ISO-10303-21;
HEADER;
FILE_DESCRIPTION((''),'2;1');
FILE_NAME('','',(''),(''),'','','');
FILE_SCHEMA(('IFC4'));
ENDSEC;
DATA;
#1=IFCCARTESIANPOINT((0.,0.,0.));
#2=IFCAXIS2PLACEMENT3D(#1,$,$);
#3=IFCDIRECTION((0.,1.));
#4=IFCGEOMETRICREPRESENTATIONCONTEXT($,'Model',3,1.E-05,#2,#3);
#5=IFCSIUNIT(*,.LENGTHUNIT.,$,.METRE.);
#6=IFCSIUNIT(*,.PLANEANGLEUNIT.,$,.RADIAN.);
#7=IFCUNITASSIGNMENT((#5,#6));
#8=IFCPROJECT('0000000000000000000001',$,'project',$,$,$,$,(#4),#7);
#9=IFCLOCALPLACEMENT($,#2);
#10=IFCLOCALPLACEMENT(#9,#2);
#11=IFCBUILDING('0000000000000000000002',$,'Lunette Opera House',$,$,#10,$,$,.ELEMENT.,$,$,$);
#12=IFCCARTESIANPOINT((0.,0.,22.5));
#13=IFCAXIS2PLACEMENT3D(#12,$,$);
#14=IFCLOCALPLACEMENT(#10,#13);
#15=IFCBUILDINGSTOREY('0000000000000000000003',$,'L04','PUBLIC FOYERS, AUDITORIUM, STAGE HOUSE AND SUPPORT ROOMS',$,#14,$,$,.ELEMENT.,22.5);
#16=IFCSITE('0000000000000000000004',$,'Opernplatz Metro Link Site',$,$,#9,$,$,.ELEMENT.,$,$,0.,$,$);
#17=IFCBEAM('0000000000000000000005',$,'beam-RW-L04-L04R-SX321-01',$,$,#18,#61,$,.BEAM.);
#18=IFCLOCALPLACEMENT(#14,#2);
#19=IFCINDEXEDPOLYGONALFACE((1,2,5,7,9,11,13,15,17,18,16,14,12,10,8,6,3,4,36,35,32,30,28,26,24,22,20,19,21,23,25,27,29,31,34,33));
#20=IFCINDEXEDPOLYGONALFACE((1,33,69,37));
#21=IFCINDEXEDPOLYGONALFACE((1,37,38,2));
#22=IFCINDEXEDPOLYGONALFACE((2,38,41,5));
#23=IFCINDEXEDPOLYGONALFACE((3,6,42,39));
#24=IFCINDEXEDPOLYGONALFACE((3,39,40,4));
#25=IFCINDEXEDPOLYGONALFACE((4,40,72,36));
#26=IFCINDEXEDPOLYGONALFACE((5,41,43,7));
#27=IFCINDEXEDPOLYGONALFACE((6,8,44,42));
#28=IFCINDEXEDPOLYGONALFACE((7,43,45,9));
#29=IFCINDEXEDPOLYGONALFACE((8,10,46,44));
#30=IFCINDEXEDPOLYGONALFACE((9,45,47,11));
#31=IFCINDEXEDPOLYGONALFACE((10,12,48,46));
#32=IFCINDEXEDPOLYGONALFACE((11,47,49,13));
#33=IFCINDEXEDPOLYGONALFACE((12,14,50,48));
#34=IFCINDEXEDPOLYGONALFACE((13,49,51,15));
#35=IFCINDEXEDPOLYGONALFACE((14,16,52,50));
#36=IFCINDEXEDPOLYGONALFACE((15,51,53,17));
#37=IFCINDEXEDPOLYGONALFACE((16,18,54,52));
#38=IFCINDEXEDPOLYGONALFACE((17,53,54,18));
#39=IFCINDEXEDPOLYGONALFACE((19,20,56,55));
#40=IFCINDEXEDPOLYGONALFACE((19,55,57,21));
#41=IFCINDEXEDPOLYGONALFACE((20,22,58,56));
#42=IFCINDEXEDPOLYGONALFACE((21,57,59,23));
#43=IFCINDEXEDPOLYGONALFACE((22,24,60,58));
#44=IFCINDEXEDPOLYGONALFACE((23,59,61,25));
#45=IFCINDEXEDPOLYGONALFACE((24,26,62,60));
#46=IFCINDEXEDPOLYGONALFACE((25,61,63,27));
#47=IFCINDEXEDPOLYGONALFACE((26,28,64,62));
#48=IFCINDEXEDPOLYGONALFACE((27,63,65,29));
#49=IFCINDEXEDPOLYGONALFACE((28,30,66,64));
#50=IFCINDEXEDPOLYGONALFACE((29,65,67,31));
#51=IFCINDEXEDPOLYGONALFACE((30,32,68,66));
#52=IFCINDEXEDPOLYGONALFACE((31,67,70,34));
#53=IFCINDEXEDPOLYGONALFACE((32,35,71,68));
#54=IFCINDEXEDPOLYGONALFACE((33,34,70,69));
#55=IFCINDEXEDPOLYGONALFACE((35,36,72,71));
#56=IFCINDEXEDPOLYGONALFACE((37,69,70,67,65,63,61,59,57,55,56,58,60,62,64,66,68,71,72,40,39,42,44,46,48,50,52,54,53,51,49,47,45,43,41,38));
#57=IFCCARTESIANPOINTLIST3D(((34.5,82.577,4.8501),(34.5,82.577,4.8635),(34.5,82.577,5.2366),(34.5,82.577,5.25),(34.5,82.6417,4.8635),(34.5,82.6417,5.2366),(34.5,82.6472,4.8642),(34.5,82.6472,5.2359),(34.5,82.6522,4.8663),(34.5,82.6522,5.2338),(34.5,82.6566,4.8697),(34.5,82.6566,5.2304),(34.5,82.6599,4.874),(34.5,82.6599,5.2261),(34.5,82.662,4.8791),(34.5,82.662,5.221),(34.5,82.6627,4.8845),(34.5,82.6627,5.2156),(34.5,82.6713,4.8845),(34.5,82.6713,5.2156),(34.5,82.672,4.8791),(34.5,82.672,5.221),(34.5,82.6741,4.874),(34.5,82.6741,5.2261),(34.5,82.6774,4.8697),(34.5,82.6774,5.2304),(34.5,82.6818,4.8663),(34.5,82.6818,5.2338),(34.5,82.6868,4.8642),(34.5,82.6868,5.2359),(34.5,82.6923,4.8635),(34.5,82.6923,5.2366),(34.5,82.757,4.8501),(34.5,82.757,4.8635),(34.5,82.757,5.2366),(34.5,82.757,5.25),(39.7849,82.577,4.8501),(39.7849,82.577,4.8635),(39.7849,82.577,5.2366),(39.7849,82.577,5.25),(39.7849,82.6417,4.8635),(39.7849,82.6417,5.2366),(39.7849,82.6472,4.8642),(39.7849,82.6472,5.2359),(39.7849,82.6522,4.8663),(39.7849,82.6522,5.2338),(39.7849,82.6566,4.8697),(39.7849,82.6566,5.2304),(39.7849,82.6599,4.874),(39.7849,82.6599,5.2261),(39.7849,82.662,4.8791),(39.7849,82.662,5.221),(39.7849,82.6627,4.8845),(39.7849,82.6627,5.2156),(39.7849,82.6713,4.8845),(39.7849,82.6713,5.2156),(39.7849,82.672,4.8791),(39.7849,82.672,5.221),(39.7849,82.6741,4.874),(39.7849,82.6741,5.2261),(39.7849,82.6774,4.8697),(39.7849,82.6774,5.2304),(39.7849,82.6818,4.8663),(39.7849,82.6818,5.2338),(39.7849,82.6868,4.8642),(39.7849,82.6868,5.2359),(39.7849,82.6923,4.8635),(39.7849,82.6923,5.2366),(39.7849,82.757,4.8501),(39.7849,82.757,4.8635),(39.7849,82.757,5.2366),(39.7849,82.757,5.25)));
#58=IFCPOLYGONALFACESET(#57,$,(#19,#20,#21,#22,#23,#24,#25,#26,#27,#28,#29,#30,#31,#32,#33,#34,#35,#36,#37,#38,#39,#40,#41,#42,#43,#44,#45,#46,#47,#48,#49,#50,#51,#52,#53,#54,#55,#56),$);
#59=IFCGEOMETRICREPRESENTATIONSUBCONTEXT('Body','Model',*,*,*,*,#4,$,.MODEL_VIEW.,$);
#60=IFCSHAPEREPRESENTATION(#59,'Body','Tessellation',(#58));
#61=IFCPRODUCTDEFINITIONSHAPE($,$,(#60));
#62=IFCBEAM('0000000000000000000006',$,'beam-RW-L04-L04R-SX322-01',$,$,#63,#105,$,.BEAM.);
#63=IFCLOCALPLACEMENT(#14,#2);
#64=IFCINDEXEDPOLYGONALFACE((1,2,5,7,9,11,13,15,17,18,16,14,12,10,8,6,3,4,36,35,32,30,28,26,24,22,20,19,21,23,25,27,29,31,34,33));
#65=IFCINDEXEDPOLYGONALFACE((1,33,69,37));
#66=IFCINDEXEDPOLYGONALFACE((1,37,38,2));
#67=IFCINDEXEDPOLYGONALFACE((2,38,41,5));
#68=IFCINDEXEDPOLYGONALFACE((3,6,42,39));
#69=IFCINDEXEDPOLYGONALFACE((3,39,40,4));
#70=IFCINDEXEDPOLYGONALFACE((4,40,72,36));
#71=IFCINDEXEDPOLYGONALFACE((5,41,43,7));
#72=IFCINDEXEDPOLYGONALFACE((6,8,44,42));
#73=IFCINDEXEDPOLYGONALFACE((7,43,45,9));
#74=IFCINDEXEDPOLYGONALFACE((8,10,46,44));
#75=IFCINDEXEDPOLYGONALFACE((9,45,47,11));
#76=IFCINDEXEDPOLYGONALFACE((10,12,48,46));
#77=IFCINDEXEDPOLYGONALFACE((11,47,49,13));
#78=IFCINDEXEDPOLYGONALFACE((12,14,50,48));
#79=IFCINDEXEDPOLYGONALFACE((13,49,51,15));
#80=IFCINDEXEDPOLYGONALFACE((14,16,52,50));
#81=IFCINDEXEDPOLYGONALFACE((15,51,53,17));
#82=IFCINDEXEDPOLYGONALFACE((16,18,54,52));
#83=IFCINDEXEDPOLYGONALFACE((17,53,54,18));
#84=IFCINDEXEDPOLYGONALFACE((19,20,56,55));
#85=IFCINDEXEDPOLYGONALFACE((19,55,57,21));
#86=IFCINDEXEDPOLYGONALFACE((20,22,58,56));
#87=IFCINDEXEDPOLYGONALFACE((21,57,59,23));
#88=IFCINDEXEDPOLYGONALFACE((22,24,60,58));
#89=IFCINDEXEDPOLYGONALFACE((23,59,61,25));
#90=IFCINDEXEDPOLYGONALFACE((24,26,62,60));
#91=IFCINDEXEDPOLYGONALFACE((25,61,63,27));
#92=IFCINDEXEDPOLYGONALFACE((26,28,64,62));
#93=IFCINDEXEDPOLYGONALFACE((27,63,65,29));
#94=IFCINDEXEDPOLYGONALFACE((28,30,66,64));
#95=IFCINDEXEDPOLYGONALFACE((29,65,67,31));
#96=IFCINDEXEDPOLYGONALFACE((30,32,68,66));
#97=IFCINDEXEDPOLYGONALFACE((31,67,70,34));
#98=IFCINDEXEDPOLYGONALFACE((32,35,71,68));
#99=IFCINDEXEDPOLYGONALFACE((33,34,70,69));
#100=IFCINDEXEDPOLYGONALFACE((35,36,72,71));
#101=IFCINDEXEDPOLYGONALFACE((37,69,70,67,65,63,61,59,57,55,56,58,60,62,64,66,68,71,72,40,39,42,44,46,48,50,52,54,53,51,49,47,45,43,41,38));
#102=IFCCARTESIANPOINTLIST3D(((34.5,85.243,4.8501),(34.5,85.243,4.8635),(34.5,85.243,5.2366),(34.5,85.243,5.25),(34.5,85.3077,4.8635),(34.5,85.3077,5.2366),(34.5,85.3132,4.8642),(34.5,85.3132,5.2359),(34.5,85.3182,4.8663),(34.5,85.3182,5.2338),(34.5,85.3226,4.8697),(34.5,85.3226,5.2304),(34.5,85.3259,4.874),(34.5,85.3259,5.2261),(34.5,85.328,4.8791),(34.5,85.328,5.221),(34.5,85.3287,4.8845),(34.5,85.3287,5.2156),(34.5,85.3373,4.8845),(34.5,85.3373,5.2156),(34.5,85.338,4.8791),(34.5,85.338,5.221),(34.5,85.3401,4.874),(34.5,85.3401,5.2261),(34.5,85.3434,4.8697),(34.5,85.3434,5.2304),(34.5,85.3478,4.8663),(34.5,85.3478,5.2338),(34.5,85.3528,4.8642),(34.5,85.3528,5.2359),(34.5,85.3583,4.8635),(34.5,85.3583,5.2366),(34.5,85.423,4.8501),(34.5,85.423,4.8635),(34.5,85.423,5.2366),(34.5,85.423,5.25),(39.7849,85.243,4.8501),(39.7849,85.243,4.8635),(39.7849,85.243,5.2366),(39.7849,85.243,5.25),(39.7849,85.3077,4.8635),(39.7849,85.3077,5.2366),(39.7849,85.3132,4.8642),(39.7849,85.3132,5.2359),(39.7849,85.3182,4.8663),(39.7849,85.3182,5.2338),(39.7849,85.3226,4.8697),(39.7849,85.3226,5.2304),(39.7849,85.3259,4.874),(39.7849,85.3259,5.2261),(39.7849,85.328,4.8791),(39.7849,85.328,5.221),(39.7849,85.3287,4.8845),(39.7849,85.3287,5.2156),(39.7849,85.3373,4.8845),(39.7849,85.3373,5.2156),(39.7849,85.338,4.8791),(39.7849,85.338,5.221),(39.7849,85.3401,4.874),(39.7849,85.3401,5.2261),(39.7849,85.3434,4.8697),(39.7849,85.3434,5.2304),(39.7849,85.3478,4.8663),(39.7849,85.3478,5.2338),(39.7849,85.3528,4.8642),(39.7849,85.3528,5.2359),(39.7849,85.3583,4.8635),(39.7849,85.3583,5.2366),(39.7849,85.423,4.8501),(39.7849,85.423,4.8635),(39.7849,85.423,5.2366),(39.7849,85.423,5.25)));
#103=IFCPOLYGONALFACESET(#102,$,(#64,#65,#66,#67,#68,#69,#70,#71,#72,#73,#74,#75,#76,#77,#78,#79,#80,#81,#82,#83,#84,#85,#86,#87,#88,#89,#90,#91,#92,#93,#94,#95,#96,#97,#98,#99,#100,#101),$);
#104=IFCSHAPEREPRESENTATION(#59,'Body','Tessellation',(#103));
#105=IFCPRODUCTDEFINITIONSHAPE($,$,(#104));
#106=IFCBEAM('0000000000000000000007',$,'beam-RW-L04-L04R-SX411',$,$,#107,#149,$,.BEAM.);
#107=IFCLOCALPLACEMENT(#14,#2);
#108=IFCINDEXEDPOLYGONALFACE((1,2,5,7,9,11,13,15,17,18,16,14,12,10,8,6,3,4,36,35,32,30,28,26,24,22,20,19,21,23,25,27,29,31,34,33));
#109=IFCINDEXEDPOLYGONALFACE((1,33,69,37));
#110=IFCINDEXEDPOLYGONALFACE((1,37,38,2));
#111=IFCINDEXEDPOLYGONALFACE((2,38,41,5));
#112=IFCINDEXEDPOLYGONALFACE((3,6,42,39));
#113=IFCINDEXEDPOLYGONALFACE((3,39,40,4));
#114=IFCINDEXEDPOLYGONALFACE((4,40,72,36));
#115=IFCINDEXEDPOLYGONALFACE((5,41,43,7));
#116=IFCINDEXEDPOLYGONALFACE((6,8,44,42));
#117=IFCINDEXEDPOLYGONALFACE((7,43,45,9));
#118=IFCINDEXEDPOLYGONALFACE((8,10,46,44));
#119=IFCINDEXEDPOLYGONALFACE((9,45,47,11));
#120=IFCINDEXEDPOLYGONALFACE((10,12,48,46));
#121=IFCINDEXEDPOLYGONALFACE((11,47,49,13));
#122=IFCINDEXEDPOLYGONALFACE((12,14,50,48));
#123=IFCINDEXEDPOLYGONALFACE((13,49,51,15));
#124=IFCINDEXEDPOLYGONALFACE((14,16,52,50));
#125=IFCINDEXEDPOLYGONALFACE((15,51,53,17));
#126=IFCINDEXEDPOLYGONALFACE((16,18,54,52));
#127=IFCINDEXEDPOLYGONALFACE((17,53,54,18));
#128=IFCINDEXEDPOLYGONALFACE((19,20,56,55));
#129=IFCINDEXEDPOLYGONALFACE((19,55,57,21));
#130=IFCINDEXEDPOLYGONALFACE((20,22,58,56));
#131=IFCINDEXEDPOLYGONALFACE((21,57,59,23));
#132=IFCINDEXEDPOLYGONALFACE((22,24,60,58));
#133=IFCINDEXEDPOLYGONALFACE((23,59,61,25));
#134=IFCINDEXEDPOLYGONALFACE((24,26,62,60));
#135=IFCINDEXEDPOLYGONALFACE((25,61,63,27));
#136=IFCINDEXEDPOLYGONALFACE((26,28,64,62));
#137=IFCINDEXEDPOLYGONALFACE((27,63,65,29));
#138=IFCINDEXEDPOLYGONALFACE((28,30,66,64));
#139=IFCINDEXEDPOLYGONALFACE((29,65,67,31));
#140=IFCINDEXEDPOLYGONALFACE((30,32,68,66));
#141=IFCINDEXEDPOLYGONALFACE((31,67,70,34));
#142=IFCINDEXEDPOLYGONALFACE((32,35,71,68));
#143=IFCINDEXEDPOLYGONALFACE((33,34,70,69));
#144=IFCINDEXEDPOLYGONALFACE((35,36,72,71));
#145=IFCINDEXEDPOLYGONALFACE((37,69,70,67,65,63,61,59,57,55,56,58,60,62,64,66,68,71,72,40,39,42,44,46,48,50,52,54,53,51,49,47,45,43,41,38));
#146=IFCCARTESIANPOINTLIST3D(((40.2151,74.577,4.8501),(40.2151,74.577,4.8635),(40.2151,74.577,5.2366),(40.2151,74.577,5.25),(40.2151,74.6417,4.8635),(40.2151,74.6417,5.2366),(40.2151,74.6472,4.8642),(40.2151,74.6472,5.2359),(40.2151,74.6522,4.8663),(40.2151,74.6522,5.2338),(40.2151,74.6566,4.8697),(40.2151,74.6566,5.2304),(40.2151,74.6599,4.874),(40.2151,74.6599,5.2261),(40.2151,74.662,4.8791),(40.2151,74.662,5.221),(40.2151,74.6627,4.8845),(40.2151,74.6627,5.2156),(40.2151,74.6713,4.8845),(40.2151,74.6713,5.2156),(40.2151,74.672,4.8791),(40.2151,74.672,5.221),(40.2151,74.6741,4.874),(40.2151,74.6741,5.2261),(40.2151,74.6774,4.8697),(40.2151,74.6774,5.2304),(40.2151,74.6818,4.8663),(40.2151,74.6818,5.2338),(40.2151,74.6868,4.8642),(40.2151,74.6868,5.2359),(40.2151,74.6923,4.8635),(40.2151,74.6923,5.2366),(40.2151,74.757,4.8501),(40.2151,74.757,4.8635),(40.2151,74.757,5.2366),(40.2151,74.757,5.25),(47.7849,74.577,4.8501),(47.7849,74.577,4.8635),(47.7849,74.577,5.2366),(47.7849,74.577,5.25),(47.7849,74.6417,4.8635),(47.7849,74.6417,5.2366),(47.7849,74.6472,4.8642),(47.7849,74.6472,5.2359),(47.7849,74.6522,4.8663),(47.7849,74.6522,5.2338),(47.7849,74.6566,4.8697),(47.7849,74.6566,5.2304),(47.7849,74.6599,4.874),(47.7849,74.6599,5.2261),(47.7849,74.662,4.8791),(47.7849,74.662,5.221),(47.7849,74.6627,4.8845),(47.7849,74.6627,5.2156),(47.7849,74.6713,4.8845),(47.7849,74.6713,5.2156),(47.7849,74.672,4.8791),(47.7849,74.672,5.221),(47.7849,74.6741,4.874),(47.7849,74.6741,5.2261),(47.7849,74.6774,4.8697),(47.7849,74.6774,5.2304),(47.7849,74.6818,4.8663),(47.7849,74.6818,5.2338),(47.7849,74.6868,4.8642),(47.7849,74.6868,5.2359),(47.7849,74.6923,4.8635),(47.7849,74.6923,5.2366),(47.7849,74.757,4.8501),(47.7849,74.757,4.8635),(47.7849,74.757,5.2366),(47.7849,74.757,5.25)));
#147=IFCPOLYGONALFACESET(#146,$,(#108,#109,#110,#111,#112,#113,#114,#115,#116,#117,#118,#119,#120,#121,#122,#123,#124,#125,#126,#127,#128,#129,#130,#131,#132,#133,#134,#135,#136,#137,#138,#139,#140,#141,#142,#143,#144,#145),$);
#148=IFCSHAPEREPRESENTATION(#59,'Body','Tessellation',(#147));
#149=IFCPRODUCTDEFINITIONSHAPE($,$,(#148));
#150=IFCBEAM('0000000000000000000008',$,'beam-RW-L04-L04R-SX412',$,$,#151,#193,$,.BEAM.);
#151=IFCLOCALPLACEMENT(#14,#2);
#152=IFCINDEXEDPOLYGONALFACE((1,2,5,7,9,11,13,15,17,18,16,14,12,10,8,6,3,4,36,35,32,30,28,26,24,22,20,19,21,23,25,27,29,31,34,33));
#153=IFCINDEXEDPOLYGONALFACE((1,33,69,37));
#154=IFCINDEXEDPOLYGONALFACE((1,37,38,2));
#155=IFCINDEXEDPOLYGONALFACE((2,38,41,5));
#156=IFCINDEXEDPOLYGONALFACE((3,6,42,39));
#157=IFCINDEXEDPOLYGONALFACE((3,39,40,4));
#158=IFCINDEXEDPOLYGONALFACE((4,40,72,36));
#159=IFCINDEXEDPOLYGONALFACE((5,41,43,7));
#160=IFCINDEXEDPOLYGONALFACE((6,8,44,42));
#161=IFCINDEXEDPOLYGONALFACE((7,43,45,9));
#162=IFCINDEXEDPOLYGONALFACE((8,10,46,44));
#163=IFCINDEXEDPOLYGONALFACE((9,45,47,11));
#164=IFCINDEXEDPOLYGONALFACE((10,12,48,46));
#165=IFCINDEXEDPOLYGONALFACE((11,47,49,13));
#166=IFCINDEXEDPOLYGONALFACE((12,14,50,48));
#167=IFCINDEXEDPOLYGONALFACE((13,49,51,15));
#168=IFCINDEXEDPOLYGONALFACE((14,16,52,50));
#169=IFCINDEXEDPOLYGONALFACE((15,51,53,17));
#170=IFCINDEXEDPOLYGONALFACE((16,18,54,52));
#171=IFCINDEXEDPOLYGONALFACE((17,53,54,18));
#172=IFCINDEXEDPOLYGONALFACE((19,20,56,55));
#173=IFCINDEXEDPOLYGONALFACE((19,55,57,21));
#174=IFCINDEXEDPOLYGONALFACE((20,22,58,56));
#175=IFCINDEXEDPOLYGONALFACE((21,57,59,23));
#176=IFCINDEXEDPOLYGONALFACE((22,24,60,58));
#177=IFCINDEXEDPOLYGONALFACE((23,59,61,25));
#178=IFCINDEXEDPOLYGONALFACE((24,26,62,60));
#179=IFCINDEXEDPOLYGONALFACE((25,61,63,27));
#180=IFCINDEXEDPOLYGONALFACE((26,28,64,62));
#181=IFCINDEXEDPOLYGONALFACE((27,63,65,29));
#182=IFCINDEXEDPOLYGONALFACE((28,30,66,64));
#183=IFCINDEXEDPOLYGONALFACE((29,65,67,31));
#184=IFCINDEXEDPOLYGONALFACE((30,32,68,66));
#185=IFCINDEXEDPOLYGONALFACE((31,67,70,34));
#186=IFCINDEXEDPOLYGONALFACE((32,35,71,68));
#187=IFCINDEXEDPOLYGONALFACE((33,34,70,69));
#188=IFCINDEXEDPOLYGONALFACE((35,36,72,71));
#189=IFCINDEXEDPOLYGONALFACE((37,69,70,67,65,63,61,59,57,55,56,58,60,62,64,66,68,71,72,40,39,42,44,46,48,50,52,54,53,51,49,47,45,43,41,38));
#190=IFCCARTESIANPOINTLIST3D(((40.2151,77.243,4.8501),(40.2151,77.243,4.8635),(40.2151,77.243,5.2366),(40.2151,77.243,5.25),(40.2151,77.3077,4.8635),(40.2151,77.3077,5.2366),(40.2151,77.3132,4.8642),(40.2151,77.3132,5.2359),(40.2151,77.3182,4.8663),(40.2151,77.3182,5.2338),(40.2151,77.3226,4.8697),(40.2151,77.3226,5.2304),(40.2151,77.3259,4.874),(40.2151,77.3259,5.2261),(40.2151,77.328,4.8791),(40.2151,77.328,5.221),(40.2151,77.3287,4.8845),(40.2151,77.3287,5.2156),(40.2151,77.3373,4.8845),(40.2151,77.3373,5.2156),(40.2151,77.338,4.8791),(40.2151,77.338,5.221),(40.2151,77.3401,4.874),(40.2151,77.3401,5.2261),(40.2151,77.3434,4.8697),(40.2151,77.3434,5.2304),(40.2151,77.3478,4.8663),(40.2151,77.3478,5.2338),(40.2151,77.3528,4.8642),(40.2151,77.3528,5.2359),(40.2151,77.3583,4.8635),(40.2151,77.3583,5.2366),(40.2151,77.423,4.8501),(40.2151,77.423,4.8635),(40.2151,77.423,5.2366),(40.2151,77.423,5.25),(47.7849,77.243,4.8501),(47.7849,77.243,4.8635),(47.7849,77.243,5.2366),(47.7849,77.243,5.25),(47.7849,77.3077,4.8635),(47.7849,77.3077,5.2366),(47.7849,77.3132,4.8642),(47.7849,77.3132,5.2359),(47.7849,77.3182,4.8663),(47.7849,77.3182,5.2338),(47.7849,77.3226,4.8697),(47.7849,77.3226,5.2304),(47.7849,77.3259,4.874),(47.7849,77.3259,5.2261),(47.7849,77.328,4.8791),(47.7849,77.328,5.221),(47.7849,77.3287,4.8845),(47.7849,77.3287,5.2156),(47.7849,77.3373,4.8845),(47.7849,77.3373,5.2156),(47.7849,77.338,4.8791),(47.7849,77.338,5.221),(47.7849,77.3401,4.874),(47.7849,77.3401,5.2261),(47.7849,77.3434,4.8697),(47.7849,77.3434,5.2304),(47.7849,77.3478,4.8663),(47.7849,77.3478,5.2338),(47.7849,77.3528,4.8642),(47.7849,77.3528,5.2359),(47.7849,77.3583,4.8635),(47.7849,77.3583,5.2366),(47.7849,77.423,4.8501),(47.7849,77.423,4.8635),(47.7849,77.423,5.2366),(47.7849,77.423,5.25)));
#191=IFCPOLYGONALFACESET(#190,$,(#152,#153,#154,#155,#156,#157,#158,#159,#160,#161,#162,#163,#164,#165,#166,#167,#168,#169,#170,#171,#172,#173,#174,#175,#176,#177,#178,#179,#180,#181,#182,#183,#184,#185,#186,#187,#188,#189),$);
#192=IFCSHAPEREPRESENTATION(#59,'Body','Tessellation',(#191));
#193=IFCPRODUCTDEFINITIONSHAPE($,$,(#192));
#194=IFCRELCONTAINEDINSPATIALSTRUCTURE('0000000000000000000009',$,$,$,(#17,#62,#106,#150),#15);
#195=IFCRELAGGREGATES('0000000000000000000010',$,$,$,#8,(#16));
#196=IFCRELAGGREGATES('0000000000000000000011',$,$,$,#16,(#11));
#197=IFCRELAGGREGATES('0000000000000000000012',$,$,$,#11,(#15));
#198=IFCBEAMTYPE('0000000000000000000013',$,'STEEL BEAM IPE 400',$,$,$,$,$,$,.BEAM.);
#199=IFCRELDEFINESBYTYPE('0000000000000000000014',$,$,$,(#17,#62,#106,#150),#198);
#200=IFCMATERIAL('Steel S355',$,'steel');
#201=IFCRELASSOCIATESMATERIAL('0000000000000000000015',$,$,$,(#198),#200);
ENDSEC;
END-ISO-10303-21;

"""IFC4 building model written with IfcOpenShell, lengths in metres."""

from ifc_helpers import new_model, si_unit, direction, frame, origin, origin_2d, place, context, subcontext, project, spatial, i_section, extrude, material, material_profile, profile_set, type_object, element, save


model = new_model("IFC4")

# Units and contexts
model_context = context("Model", 3, precision=1e-05, world=origin(), true_north=direction((0.0, 1.0)))
body_context = subcontext(model_context, "Body", "Model", "MODEL_VIEW")
ifc_project = project(units=[si_unit("LENGTHUNIT", "METRE"), si_unit("PLANEANGLEUNIT", "RADIAN")], contexts=[model_context])

# Site, building, storey
site_placement = place(None, origin())
site = spatial("IfcSite", under=ifc_project, at=site_placement, Name="Opernplatz Metro Link Site", CompositionType="ELEMENT", RefElevation=0.0)
building_placement = place(site_placement, origin())
building = spatial("IfcBuilding", under=site, at=building_placement, Name="Lunette Opera House", CompositionType="ELEMENT")
storey_placement = place(building_placement, frame((0.0, 0.0, 22.5)))
storey = spatial("IfcBuildingStorey", under=building, at=storey_placement, Name="L04", Description="PUBLIC FOYERS, AUDITORIUM, STAGE HOUSE AND SUPPORT ROOMS", CompositionType="ELEMENT", Elevation=22.5)

# Beams
ifc_material_1 = material(Name="Steel S355", Category="steel")
ifc_material_profile_1 = material_profile(ifc_material_1, i_section(OverallWidth=0.1799, OverallDepth=0.3999, WebThickness=0.0085, FlangeThickness=0.0134, FilletRadius=0.021, at=origin_2d()), Name="IPE 400")
ifc_profile_set_1 = profile_set([ifc_material_profile_1], Name="Steel S355")
beam_type_1 = type_object("IfcBeamType", Name="STEEL BEAM IPE 400", PredefinedType="BEAM", material=ifc_profile_set_1)
for number, where, z_axis, x_axis, name in (
    (1, (34.5, 82.667, 5.05), (1.0, 0.0, 0.0), (0.0, 1.0, 0.0), "beam-RW-L04-L04R-SX321-01"),
    (2, (34.5, 85.333, 5.05), (1.0, 0.0, 0.0), (0.0, 1.0, 0.0), "beam-RW-L04-L04R-SX322-01"),
):
    element("IfcBeam", number, at=place(storey_placement, frame(where, z_axis=z_axis, x_axis=x_axis)), inside=storey, type_object=beam_type_1, Name=name, PredefinedType="BEAM", context=body_context, shape_type="SweptSolid", body=[
        extrude(i_section(OverallWidth=0.1799, OverallDepth=0.3999, WebThickness=0.0085, FlangeThickness=0.0134, FilletRadius=0.021, at=origin_2d()), origin(), (0.0, 0.0, 1.0), 5.2849),
    ])
for number, where, z_axis, x_axis, name in (
    (3, (40.2151, 74.667, 5.05), (1.0, 0.0, 0.0), (0.0, 1.0, 0.0), "beam-RW-L04-L04R-SX411"),
    (4, (40.2151, 77.333, 5.05), (1.0, 0.0, 0.0), (0.0, 1.0, 0.0), "beam-RW-L04-L04R-SX412"),
):
    element("IfcBeam", number, at=place(storey_placement, frame(where, z_axis=z_axis, x_axis=x_axis)), inside=storey, type_object=beam_type_1, Name=name, PredefinedType="BEAM", context=body_context, shape_type="SweptSolid", body=[
        extrude(i_section(OverallWidth=0.1799, OverallDepth=0.3999, WebThickness=0.0085, FlangeThickness=0.0134, FilletRadius=0.021, at=origin_2d()), origin(), (0.0, 0.0, 1.0), 7.5698),
    ])

save(model, "model.ifc")
